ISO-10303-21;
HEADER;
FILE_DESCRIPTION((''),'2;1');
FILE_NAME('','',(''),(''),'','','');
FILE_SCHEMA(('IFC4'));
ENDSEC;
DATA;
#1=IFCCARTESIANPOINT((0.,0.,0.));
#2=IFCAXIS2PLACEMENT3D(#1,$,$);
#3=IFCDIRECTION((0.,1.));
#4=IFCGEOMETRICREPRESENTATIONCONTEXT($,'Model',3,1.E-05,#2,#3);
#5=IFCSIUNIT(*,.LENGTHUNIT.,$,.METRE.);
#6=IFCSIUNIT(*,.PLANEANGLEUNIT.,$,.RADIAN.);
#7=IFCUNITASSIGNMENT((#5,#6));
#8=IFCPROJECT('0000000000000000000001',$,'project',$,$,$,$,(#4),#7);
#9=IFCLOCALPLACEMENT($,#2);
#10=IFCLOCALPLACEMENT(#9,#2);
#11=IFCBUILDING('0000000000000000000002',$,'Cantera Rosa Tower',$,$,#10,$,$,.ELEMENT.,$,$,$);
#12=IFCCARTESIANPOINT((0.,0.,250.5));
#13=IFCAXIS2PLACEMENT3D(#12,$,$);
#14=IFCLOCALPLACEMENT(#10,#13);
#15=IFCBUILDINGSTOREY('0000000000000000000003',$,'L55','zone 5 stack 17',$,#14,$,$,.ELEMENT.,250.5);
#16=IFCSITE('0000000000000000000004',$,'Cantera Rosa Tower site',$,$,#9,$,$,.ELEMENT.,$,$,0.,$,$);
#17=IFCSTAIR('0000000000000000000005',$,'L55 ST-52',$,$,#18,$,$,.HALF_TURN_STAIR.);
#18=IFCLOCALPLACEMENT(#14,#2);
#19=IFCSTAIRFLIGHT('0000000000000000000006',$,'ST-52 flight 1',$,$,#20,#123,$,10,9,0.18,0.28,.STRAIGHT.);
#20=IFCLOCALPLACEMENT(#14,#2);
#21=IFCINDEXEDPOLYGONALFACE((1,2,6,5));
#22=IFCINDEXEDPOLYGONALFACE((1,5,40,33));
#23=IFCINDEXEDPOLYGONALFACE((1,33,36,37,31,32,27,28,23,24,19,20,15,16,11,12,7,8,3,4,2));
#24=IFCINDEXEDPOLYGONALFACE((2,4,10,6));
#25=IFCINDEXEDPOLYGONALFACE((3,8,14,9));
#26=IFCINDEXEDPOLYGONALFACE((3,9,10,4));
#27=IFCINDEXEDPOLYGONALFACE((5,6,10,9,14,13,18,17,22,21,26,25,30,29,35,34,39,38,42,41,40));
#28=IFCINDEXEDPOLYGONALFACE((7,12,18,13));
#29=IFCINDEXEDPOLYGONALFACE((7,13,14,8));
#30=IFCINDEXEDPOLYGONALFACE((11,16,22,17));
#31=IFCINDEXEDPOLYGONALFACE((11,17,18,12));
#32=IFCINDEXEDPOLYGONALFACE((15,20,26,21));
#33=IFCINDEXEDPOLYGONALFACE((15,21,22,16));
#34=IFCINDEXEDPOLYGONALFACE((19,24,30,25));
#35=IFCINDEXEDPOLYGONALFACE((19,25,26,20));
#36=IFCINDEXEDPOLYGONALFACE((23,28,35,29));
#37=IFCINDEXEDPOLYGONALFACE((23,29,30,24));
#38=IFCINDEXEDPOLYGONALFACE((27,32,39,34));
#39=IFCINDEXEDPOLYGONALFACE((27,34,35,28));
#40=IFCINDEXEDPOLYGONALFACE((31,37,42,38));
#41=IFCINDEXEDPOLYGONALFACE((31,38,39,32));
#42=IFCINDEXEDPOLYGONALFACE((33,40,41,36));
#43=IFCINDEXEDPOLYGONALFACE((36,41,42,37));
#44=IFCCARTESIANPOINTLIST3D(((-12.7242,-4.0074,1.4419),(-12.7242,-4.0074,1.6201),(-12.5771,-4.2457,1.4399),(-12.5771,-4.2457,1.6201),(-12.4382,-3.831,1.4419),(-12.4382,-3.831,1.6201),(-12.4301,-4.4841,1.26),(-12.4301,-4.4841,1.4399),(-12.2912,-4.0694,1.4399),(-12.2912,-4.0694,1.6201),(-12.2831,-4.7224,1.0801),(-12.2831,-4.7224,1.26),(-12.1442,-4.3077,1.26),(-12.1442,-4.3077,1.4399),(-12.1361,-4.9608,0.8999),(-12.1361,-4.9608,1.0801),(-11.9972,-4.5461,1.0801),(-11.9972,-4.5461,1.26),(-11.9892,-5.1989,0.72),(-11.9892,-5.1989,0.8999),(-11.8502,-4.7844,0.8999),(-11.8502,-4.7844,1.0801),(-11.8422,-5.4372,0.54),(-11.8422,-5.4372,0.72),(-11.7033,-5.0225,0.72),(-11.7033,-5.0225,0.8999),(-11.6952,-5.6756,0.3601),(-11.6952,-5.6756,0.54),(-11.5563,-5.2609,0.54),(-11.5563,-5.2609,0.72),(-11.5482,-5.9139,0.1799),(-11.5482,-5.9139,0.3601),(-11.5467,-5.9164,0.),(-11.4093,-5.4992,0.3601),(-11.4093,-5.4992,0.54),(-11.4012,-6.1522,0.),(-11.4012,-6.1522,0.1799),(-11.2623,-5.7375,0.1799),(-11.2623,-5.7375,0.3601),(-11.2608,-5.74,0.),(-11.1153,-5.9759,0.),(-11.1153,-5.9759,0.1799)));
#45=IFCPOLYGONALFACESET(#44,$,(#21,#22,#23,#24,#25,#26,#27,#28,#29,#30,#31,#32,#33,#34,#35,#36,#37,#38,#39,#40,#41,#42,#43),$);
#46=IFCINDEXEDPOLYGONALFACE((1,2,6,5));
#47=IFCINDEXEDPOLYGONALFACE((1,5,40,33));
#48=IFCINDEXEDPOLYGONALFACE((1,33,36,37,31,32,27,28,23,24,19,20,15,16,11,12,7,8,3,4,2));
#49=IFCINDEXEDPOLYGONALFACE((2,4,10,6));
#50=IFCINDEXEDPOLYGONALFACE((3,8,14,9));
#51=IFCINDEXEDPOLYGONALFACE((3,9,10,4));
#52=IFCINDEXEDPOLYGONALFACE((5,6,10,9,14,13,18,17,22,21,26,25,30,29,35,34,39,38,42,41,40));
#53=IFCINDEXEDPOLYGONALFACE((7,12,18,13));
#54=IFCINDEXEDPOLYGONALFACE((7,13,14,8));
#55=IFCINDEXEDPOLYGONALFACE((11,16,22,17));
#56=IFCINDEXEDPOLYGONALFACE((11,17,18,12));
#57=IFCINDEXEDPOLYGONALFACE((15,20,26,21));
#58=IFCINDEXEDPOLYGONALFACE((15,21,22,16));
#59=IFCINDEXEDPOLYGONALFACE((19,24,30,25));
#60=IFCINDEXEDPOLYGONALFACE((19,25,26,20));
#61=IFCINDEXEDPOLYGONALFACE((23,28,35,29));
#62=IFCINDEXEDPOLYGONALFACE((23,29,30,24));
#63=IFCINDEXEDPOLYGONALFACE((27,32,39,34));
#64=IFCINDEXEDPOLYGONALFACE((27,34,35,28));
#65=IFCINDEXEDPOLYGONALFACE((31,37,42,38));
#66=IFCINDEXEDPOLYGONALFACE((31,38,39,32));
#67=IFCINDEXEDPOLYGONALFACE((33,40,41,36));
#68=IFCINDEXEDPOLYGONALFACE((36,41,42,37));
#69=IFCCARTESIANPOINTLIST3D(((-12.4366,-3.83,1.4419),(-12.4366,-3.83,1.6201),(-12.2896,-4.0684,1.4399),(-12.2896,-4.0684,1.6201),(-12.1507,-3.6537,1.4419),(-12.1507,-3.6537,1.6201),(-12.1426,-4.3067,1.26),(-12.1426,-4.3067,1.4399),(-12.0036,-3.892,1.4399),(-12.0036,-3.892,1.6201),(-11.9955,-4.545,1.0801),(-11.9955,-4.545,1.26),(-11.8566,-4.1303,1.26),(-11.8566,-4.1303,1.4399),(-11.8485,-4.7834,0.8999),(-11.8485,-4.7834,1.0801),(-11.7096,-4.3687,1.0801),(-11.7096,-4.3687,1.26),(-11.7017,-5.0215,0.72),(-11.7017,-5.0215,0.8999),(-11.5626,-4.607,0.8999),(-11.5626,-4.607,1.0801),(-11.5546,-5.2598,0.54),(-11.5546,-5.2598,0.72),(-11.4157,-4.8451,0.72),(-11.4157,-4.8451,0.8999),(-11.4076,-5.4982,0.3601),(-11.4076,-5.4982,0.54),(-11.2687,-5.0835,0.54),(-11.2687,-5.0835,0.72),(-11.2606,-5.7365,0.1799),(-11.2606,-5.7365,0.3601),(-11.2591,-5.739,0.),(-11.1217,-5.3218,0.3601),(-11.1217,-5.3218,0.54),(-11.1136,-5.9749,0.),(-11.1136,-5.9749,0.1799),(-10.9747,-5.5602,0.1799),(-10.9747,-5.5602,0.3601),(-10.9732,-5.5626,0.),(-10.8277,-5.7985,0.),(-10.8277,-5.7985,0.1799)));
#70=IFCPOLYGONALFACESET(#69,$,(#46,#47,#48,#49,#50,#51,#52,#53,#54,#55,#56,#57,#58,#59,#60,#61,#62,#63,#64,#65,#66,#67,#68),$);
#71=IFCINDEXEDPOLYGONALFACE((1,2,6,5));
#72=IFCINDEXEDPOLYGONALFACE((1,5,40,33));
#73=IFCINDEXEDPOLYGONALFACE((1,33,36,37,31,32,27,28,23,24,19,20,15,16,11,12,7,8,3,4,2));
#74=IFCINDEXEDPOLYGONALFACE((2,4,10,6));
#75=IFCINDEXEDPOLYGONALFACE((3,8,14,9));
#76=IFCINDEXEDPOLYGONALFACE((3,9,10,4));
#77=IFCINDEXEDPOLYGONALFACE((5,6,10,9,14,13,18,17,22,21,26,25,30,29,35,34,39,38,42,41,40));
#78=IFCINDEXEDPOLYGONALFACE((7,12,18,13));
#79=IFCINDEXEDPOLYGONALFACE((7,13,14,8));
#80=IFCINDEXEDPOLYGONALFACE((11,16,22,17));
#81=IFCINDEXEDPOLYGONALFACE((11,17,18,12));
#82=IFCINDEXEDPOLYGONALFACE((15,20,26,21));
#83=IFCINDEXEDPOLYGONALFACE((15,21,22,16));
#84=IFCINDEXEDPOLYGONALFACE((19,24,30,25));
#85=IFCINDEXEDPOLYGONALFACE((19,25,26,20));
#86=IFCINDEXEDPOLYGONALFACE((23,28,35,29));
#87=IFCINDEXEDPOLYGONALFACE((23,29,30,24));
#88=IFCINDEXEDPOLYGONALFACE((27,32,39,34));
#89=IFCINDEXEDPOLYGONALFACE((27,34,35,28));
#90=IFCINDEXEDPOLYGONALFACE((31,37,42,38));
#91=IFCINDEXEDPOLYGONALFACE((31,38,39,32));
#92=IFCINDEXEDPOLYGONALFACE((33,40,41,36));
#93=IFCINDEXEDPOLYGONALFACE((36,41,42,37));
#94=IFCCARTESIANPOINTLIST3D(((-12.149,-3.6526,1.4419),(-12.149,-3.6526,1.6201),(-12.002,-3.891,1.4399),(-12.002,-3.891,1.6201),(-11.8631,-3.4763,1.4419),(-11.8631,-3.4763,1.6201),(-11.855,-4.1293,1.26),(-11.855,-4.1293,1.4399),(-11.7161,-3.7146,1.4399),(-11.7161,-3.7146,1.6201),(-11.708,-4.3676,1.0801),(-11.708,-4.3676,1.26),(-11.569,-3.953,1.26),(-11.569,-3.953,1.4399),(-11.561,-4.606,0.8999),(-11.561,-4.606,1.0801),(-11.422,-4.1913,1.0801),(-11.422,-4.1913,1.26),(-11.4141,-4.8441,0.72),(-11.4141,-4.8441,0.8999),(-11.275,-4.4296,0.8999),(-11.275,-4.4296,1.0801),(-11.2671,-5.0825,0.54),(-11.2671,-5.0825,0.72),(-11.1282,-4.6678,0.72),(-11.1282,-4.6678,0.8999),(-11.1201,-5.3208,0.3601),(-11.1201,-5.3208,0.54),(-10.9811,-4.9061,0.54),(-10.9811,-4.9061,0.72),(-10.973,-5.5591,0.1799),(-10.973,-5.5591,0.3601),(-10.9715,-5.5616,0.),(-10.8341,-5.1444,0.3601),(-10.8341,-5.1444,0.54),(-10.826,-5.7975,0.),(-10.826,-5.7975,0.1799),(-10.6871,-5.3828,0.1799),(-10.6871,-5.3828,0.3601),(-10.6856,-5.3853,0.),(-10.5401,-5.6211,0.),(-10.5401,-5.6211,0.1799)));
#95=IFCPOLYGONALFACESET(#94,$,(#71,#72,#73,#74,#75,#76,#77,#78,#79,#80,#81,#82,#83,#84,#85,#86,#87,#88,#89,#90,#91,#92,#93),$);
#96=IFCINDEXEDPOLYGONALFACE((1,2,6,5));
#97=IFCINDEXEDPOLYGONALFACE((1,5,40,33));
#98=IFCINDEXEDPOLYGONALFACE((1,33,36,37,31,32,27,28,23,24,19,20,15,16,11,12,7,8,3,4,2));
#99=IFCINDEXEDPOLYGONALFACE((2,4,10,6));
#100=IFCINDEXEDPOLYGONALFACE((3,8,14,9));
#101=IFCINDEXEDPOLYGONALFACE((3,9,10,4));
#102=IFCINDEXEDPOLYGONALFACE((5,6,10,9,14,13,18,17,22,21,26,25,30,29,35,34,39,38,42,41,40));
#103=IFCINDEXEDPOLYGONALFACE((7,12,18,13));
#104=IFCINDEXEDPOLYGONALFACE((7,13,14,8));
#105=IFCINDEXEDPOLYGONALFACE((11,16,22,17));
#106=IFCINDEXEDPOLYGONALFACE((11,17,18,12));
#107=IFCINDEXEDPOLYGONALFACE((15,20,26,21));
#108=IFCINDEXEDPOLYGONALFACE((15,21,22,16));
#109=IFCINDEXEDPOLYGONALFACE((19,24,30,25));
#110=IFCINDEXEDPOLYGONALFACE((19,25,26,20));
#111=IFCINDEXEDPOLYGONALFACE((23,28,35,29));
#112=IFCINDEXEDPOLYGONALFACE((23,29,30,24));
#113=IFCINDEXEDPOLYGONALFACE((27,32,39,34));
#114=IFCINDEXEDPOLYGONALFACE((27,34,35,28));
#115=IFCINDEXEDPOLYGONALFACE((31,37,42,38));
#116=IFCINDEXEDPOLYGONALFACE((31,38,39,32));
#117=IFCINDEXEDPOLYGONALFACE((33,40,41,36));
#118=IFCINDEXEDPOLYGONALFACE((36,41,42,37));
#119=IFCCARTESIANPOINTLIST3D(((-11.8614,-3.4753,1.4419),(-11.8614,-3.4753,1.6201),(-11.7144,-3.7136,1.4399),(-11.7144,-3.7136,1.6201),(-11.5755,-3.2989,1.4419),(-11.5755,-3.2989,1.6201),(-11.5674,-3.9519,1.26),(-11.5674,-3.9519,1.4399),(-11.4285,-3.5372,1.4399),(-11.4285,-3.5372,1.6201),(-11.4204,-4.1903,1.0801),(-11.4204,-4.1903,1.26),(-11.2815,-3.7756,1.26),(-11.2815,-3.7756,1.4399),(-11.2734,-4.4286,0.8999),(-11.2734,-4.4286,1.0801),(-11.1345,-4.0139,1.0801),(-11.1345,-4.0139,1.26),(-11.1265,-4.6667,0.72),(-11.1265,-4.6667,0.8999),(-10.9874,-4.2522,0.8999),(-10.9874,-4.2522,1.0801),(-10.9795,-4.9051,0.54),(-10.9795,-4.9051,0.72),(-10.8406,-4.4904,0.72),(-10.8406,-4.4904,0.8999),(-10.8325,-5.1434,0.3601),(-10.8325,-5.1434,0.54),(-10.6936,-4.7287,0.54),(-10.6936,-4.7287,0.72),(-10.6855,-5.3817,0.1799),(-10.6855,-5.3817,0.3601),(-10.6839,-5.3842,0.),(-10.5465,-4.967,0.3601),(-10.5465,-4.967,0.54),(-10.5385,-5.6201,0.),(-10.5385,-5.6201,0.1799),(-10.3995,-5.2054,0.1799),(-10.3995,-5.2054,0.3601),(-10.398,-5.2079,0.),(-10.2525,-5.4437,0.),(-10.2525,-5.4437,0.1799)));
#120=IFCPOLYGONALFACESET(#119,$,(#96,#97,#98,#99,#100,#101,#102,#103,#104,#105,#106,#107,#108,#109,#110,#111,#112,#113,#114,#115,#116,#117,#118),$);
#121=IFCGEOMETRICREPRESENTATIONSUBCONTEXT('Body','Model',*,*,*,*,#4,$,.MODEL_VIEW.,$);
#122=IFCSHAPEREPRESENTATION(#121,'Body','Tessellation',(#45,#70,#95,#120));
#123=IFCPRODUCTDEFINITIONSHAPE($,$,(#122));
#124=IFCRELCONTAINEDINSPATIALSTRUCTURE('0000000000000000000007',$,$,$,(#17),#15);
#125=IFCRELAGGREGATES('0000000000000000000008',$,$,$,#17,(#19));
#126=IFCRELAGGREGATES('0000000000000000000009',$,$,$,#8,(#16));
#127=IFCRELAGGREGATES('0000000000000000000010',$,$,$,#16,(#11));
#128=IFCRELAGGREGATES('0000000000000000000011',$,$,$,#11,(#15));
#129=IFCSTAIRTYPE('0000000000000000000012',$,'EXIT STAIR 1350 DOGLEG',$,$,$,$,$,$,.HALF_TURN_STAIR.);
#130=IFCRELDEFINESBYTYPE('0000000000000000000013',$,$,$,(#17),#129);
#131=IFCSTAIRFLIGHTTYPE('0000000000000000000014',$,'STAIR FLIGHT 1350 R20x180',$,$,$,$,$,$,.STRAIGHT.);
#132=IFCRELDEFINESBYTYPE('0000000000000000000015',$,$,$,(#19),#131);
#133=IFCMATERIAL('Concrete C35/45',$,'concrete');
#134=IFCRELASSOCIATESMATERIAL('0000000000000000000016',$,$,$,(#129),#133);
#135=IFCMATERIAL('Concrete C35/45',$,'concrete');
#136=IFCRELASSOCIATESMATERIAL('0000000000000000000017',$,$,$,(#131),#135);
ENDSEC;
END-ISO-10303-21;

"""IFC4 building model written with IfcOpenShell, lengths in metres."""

from ifc_helpers import new_model, si_unit, direction, frame, origin, place, context, subcontext, project, spatial, polyline, outline, extrude, material, type_object, element, aggregate, save


model = new_model("IFC4")

# Units and contexts
model_context = context("Model", 3, precision=1e-05, world=origin(), true_north=direction((0.0, 1.0)))
body_context = subcontext(model_context, "Body", "Model", "MODEL_VIEW")
ifc_project = project(units=[si_unit("LENGTHUNIT", "METRE"), si_unit("PLANEANGLEUNIT", "RADIAN")], contexts=[model_context])

# Site, building, storey
site_placement = place(None, origin())
site = spatial("IfcSite", under=ifc_project, at=site_placement, Name="Cantera Rosa Tower site", CompositionType="ELEMENT", RefElevation=0.0)
building_placement = place(site_placement, origin())
building = spatial("IfcBuilding", under=site, at=building_placement, Name="Cantera Rosa Tower", CompositionType="ELEMENT")
storey_placement = place(building_placement, frame((0.0, 0.0, 250.5)))
storey = spatial("IfcBuildingStorey", under=building, at=storey_placement, Name="L55", Description="zone 5 stack 17", CompositionType="ELEMENT", Elevation=250.5)

# Stair, stair flight
ifc_material_1 = material(Name="Concrete C35/45", Category="concrete")
stair_type = type_object("IfcStairType", Name="EXIT STAIR 1350 DOGLEG", PredefinedType="HALF_TURN_STAIR", material=ifc_material_1)
stair_placement = place(storey_placement, origin())
stair = element("IfcStair", 1, at=stair_placement, inside=storey, type_object=stair_type, Name="L55 ST-52", PredefinedType="HALF_TURN_STAIR")
ifc_material_2 = material(Name="Concrete C35/45", Category="concrete")
stair_flight_type = type_object("IfcStairFlightType", Name="STAIR FLIGHT 1350 R20x180", PredefinedType="STRAIGHT", material=ifc_material_2)
stair_flight_placement = place(storey_placement, frame((-10.8267, -5.7979, 0.0), z_axis=(0.0, 0.0, 1.0), x_axis=(-0.524977, 0.851117, 0.0)))
stair_flight = element("IfcStairFlight", 2, at=stair_flight_placement, type_object=stair_flight_type, Name="ST-52 flight 1", NumberOfRisers=10, NumberOfTreads=9, PredefinedType="STRAIGHT", RiserHeight=0.18, TreadLength=0.28, context=body_context, shape_type="SweptSolid", body=[
    extrude(outline(polyline([(0.0, 0.0), (0.0, 0.1799), (0.28, 0.1799), (0.28, 0.3601), (0.5601, 0.3601), (0.5601, 0.54), (0.8401, 0.54), (0.8401, 0.72), (1.1201, 0.72), (1.1201, 0.8999), (1.3999, 0.8999), (1.3999, 1.0801), (1.6799, 1.0801), (1.6799, 1.26), (1.96, 1.26), (1.96, 1.4399), (2.24, 1.4399), (2.24, 1.6201), (2.52, 1.6201), (2.52, 1.8), (2.52, 1.4419), (0.2771, 0.0), (0.0, 0.0)])), frame((0.0, 0.675, 0.0), z_axis=(0.0, -1.0, 0.0), x_axis=(1.0, 0.0, 0.0)), (0.0, 0.0, 1.0), 0.3359),
    extrude(outline(polyline([(0.0, 0.0), (0.0, 0.1799), (0.28, 0.1799), (0.28, 0.3601), (0.5601, 0.3601), (0.5601, 0.54), (0.8401, 0.54), (0.8401, 0.72), (1.1201, 0.72), (1.1201, 0.8999), (1.3999, 0.8999), (1.3999, 1.0801), (1.6799, 1.0801), (1.6799, 1.26), (1.96, 1.26), (1.96, 1.4399), (2.24, 1.4399), (2.24, 1.6201), (2.52, 1.6201), (2.52, 1.8), (2.52, 1.4419), (0.2771, 0.0), (0.0, 0.0)])), frame((0.0, 0.3372, 0.0), z_axis=(0.0, -1.0, 0.0), x_axis=(1.0, 0.0, 0.0)), (0.0, 0.0, 1.0), 0.3359),
    extrude(outline(polyline([(0.0, 0.0), (0.0, 0.1799), (0.28, 0.1799), (0.28, 0.3601), (0.5601, 0.3601), (0.5601, 0.54), (0.8401, 0.54), (0.8401, 0.72), (1.1201, 0.72), (1.1201, 0.8999), (1.3999, 0.8999), (1.3999, 1.0801), (1.6799, 1.0801), (1.6799, 1.26), (1.96, 1.26), (1.96, 1.4399), (2.24, 1.4399), (2.24, 1.6201), (2.52, 1.6201), (2.52, 1.8), (2.52, 1.4419), (0.2771, 0.0), (0.0, 0.0)])), frame((0.0, -0.0007, 0.0), z_axis=(0.0, -1.0, 0.0), x_axis=(1.0, 0.0, 0.0)), (0.0, 0.0, 1.0), 0.3359),
    extrude(outline(polyline([(0.0, 0.0), (0.0, 0.1799), (0.28, 0.1799), (0.28, 0.3601), (0.5601, 0.3601), (0.5601, 0.54), (0.8401, 0.54), (0.8401, 0.72), (1.1201, 0.72), (1.1201, 0.8999), (1.3999, 0.8999), (1.3999, 1.0801), (1.6799, 1.0801), (1.6799, 1.26), (1.96, 1.26), (1.96, 1.4399), (2.24, 1.4399), (2.24, 1.6201), (2.52, 1.6201), (2.52, 1.8), (2.52, 1.4419), (0.2771, 0.0), (0.0, 0.0)])), frame((0.0, -0.3386, 0.0), z_axis=(0.0, -1.0, 0.0), x_axis=(1.0, 0.0, 0.0)), (0.0, 0.0, 1.0), 0.3359),
])
aggregate(stair, [stair_flight])

save(model, "model.ifc")
